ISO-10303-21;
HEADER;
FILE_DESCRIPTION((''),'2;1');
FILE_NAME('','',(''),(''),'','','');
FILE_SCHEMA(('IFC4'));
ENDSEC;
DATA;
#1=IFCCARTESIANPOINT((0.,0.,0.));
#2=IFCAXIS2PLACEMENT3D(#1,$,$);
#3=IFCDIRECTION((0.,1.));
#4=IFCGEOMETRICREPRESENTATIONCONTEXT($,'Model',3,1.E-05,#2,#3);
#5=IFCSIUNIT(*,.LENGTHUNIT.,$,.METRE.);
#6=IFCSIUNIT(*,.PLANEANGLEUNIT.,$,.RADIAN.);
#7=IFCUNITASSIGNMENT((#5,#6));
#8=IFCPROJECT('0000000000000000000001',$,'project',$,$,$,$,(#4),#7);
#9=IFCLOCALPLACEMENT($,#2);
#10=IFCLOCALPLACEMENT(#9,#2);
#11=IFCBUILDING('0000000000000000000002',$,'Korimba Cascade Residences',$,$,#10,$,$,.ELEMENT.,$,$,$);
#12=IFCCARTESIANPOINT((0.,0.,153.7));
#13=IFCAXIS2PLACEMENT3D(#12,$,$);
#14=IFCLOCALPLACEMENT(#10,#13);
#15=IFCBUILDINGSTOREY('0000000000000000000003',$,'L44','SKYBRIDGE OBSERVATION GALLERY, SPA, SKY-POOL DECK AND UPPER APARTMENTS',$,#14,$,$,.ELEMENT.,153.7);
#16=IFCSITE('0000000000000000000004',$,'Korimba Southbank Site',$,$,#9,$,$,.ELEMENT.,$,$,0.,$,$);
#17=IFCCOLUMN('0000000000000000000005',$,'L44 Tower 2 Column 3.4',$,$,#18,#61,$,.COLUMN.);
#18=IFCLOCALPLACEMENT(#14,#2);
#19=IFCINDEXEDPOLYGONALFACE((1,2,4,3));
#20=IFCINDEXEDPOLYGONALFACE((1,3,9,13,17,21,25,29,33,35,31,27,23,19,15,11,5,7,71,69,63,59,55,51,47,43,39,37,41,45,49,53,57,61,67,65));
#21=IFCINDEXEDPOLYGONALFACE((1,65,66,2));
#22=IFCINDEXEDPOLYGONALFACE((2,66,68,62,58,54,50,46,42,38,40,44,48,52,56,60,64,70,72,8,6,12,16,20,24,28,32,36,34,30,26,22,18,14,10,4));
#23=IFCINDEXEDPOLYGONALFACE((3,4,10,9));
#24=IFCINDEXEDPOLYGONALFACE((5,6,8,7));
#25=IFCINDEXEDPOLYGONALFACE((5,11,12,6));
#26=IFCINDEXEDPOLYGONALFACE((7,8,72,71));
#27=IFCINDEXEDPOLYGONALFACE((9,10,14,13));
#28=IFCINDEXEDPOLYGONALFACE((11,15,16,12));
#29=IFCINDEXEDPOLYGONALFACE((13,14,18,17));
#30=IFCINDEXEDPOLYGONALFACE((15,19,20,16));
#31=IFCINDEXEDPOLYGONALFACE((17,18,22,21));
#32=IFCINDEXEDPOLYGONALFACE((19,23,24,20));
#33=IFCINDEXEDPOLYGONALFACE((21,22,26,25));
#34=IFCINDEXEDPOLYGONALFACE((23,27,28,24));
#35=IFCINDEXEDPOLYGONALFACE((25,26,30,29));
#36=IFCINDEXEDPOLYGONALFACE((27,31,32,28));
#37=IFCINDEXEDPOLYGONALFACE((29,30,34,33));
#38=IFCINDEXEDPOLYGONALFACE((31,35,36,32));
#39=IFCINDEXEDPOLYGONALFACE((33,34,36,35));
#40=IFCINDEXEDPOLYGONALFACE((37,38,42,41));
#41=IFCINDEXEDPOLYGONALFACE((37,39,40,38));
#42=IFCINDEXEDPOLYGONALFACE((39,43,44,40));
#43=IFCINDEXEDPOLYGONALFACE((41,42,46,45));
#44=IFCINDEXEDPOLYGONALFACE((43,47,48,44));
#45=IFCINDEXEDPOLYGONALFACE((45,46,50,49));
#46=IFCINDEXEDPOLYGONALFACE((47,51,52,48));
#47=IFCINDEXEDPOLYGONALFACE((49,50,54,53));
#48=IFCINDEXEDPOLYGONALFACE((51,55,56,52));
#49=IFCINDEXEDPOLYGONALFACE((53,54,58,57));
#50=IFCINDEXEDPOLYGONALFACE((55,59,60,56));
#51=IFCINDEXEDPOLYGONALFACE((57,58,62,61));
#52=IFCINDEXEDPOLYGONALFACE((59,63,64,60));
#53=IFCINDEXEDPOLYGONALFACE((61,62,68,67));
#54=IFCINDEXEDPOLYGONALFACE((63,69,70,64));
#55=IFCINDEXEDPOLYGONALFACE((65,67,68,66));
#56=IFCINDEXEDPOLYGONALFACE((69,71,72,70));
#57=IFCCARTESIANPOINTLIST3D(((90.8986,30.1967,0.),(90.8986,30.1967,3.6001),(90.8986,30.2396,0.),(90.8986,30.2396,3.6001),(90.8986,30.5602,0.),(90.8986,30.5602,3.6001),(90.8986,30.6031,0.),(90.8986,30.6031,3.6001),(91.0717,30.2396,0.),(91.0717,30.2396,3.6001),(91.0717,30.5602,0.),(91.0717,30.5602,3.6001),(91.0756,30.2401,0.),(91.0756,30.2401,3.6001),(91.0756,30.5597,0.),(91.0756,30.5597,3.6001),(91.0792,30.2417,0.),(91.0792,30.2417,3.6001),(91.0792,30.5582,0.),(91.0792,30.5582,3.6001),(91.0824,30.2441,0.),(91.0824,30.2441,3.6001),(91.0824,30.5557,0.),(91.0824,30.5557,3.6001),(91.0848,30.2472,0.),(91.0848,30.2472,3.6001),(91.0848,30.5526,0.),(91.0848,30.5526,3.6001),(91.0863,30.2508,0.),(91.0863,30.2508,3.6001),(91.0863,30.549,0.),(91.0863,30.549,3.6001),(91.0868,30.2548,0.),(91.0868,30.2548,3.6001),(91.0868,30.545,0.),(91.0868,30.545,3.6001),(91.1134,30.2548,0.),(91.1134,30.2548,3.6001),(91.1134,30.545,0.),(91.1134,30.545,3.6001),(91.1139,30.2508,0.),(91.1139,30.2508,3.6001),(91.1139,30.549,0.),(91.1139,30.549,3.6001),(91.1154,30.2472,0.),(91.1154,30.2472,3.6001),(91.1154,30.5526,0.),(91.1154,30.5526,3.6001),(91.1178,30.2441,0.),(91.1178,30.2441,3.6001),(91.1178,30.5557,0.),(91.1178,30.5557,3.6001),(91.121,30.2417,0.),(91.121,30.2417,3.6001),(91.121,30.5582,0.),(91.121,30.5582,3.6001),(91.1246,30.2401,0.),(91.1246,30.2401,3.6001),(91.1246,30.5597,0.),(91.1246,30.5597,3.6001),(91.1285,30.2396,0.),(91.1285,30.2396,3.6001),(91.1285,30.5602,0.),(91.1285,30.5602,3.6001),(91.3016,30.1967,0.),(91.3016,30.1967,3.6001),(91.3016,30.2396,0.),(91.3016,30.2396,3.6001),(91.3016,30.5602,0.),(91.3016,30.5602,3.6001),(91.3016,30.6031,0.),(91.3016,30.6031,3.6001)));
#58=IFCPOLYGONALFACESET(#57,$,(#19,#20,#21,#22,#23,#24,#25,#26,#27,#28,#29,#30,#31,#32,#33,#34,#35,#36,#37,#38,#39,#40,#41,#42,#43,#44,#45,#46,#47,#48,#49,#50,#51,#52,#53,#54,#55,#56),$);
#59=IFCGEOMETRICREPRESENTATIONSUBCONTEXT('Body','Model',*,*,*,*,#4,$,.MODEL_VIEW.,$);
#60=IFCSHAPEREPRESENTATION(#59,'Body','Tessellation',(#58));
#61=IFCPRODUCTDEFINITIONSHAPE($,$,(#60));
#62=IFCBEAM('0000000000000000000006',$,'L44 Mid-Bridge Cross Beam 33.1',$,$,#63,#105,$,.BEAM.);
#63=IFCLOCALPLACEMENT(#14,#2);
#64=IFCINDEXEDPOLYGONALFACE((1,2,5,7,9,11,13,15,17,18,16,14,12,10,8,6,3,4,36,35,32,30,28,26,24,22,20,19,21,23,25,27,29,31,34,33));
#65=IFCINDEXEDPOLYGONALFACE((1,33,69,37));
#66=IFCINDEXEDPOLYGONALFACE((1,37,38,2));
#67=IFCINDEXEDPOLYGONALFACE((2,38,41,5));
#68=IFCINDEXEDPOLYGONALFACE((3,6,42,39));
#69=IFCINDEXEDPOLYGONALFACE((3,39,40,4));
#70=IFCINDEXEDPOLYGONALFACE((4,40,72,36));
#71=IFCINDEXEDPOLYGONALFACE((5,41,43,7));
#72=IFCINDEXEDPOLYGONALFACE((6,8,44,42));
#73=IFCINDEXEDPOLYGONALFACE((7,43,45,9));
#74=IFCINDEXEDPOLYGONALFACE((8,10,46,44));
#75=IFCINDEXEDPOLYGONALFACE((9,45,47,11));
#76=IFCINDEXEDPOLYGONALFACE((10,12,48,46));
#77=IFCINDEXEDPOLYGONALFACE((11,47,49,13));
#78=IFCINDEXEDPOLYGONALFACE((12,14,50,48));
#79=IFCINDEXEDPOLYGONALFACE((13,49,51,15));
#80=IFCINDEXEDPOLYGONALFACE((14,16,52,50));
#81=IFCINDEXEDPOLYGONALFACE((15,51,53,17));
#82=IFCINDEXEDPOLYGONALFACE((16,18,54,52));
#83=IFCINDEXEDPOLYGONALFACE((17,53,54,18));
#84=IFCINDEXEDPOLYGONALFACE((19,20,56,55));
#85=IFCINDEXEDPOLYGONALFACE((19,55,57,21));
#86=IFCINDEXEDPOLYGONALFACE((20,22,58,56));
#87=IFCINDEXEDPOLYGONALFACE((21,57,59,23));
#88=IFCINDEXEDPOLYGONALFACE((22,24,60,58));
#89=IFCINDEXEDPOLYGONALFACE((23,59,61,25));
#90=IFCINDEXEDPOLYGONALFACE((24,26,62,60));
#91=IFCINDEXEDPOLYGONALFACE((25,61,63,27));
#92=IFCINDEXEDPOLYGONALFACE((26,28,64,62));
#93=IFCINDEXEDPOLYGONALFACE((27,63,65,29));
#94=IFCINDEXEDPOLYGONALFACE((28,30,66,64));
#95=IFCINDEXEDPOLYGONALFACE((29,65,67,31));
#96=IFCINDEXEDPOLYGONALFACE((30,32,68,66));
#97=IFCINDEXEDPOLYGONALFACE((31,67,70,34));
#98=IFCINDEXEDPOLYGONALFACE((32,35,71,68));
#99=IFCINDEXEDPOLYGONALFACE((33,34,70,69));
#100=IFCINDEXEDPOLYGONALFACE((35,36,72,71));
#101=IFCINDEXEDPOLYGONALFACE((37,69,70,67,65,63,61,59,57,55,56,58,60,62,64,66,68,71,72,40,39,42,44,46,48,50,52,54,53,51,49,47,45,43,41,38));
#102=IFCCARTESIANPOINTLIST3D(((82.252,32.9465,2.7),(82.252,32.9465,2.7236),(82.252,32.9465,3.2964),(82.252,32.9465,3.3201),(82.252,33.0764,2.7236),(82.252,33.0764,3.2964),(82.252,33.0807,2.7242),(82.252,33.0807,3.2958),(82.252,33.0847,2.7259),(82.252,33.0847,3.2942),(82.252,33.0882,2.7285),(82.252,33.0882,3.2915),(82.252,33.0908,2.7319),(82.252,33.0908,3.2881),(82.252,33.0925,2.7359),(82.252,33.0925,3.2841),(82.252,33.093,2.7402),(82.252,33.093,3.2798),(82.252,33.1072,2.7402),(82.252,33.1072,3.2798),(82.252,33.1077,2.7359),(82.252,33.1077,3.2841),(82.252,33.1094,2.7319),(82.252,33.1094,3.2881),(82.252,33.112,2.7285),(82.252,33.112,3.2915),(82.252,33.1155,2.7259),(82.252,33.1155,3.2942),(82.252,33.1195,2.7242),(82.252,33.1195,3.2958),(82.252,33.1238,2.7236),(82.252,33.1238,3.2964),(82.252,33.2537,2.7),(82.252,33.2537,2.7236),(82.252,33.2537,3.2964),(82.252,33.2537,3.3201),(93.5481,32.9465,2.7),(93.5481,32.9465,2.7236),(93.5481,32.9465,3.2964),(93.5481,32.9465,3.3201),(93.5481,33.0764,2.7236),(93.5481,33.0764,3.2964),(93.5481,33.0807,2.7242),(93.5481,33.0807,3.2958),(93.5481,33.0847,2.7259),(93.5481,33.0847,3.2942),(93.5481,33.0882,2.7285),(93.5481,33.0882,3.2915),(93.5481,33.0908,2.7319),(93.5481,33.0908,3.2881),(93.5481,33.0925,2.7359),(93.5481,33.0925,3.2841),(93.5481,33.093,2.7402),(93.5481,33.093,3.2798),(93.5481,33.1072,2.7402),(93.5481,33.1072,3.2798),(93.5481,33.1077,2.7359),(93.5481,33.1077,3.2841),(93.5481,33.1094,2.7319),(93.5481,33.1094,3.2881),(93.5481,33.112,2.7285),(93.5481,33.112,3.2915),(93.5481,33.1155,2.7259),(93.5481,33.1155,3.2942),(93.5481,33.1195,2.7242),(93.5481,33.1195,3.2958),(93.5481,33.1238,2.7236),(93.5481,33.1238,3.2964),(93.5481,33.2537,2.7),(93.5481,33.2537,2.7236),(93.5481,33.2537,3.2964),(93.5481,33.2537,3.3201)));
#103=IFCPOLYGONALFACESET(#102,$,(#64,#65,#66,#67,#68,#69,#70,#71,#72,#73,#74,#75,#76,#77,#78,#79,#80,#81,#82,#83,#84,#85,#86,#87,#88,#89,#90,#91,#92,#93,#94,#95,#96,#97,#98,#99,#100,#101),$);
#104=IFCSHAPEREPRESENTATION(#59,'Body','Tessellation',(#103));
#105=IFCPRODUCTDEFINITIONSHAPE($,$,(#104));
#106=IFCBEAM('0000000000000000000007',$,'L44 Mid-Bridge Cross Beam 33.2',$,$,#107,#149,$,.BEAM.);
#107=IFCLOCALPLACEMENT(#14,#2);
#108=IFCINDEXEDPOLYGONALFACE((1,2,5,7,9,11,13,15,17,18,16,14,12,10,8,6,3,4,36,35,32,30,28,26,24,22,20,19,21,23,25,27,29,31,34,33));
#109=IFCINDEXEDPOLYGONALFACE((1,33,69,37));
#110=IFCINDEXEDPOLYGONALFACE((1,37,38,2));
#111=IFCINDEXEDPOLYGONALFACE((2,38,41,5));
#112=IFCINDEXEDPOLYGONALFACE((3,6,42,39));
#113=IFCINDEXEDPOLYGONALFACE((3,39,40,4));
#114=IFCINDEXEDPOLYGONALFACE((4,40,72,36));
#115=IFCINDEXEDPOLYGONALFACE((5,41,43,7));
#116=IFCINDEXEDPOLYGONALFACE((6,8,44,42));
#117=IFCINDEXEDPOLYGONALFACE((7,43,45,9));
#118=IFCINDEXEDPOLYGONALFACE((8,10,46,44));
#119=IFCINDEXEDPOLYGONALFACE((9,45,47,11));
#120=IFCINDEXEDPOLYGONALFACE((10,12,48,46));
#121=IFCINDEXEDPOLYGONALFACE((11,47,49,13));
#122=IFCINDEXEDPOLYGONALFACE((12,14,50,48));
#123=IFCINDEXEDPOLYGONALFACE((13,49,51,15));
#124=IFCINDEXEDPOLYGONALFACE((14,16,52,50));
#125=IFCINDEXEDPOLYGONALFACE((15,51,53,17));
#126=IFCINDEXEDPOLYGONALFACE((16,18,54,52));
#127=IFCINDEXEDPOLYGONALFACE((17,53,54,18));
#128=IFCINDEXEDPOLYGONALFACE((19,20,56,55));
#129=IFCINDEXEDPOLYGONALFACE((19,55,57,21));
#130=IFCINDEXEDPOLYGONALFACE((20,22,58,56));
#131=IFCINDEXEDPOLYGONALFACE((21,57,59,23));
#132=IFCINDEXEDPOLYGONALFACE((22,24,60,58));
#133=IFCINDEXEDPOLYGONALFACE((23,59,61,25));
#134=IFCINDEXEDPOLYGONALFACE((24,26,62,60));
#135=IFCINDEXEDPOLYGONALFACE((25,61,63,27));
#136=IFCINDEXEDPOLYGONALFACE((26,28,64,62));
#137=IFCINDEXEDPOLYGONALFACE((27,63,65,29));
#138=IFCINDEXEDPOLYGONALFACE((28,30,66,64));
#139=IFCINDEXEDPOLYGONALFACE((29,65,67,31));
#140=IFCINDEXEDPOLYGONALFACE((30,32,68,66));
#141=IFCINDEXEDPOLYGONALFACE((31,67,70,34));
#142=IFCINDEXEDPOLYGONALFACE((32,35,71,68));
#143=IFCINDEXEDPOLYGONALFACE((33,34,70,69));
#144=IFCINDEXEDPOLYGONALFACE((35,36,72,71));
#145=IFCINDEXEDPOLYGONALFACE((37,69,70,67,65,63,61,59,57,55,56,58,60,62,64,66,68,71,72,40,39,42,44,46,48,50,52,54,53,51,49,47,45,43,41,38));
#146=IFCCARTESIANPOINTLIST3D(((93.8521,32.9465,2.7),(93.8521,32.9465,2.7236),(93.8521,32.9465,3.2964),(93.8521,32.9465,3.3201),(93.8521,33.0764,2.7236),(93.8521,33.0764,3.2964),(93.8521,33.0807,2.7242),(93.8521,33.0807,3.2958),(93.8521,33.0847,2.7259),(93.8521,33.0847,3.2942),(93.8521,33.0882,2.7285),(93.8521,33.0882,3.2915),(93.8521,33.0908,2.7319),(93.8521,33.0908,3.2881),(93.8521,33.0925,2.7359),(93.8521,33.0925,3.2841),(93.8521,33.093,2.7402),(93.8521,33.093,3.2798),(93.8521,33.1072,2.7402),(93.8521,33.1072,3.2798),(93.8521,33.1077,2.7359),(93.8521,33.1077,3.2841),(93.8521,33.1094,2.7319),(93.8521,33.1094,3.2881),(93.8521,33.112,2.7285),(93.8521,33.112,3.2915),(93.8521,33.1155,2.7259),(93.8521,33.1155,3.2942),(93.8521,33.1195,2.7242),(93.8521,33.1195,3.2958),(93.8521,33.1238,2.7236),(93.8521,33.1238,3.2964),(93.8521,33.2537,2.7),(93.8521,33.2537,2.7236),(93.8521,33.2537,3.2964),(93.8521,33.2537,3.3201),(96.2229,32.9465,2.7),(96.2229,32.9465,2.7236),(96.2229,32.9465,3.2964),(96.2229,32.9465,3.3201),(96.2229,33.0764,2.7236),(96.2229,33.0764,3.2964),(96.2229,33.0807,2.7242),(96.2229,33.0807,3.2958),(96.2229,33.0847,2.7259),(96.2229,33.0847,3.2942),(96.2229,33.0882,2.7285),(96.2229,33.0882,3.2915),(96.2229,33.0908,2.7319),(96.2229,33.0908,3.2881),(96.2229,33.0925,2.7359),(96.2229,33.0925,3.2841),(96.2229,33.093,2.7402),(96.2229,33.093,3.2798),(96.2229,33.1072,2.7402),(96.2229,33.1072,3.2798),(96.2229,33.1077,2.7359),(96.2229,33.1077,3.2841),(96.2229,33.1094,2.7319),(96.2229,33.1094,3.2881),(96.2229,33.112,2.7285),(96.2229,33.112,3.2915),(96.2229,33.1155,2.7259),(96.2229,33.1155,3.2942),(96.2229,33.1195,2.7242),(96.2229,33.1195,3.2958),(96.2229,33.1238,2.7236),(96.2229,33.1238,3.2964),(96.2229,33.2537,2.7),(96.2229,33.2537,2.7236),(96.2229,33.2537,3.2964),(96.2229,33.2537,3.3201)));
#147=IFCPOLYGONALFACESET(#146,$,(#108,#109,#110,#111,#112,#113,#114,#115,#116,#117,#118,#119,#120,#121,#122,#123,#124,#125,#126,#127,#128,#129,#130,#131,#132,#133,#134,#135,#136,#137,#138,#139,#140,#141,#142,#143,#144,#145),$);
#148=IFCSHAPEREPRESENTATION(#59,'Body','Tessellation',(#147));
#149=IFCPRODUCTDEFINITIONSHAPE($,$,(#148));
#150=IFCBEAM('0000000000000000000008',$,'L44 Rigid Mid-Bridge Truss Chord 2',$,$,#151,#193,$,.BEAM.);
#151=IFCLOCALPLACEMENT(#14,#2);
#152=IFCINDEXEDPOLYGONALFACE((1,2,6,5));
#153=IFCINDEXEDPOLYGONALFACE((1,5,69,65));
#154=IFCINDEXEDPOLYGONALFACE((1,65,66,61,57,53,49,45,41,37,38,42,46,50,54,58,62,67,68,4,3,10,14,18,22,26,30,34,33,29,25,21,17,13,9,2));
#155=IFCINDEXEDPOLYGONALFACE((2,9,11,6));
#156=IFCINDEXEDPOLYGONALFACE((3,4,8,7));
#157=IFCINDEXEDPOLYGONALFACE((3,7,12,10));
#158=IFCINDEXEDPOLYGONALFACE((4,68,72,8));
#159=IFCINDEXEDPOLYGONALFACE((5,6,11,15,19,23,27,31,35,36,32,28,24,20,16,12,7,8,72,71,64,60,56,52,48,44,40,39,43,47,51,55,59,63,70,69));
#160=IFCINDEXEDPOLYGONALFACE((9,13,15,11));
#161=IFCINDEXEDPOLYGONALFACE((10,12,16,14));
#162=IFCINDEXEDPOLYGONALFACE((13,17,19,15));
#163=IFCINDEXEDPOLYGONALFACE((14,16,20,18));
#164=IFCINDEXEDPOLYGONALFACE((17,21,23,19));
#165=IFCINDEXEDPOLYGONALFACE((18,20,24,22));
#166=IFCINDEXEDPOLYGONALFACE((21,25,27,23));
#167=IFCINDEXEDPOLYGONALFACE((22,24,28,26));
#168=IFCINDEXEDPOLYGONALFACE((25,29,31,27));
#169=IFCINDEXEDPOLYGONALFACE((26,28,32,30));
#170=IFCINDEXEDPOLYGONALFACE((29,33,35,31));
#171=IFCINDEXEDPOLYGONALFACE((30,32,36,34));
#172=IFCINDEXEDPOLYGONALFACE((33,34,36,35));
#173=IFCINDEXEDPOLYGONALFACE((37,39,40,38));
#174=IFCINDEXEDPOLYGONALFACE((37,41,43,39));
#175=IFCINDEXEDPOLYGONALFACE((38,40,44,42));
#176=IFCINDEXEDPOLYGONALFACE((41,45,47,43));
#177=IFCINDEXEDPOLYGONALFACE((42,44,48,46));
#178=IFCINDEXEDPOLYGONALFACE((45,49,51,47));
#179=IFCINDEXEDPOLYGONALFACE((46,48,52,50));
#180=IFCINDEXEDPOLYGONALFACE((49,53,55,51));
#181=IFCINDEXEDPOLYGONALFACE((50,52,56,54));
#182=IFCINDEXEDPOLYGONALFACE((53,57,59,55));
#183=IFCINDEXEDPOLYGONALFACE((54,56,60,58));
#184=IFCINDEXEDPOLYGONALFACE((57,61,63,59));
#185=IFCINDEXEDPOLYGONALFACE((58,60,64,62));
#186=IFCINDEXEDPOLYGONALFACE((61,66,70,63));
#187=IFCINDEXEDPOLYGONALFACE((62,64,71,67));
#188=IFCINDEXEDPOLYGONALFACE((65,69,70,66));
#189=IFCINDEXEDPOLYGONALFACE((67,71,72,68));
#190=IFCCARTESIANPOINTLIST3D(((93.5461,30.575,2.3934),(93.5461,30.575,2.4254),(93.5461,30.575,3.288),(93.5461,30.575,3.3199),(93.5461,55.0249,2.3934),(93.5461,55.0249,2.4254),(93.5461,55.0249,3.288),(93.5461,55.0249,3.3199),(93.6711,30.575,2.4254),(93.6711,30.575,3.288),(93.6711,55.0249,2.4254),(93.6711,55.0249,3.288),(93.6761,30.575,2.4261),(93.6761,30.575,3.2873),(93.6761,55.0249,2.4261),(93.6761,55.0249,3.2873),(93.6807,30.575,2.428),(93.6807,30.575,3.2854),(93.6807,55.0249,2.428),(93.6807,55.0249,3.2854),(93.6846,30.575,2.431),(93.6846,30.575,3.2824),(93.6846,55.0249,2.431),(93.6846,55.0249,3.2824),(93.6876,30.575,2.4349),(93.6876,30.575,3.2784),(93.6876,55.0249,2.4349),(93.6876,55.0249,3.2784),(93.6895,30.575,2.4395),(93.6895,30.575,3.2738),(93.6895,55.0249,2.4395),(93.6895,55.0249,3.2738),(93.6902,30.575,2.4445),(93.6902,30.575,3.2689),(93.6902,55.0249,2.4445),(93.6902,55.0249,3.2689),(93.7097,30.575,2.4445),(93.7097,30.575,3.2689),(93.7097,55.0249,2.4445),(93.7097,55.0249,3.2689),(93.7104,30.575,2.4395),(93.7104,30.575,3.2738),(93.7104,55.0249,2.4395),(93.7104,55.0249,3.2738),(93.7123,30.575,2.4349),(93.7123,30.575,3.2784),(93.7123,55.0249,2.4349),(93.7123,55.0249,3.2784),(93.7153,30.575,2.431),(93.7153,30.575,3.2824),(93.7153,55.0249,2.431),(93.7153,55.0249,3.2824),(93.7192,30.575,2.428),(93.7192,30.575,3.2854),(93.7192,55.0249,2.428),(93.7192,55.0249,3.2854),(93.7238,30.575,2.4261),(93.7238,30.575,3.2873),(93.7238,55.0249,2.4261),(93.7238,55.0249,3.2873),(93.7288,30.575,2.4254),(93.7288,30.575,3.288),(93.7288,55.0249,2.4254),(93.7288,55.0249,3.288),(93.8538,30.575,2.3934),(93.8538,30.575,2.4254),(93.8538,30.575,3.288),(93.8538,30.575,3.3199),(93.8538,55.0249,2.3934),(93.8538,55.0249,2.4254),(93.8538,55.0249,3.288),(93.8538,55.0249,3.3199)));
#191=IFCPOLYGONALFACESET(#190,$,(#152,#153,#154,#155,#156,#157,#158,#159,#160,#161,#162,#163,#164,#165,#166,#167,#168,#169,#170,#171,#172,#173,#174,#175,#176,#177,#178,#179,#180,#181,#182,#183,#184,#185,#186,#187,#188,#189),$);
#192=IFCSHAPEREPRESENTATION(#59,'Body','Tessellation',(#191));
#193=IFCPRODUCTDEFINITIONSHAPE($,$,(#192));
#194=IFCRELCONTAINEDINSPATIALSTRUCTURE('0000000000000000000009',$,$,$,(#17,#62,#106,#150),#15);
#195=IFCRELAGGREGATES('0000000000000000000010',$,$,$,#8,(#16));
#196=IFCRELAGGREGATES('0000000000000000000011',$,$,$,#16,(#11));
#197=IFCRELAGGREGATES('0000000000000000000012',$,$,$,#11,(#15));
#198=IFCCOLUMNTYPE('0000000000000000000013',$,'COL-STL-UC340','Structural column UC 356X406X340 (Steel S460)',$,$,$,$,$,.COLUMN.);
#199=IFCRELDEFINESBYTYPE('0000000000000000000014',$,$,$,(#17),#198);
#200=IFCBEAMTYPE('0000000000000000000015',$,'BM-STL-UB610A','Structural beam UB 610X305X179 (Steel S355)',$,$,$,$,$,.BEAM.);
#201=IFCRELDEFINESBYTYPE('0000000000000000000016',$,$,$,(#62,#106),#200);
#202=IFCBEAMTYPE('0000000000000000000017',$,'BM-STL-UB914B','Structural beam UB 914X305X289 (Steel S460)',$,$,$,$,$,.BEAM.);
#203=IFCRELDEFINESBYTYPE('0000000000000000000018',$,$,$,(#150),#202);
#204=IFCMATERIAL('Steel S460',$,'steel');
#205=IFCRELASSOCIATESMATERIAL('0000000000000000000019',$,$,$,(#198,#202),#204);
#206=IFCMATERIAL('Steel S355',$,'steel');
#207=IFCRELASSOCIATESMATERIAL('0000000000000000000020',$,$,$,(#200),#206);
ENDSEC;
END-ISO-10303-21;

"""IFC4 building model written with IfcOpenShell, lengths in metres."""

from ifc_helpers import new_model, si_unit, direction, frame, origin, origin_2d, place, context, subcontext, project, spatial, i_section, extrude, material, material_profile, profile_set, type_object, element, save


model = new_model("IFC4")

# Units and contexts
model_context = context("Model", 3, precision=1e-05, world=origin(), true_north=direction((0.0, 1.0)))
body_context = subcontext(model_context, "Body", "Model", "MODEL_VIEW")
ifc_project = project(units=[si_unit("LENGTHUNIT", "METRE"), si_unit("PLANEANGLEUNIT", "RADIAN")], contexts=[model_context])

# Site, building, storey
site_placement = place(None, origin())
site = spatial("IfcSite", under=ifc_project, at=site_placement, Name="Korimba Southbank Site", CompositionType="ELEMENT", RefElevation=0.0)
building_placement = place(site_placement, origin())
building = spatial("IfcBuilding", under=site, at=building_placement, Name="Korimba Cascade Residences", CompositionType="ELEMENT")
storey_placement = place(building_placement, frame((0.0, 0.0, 153.7)))
storey = spatial("IfcBuildingStorey", under=building, at=storey_placement, Name="L44", Description="SKYBRIDGE OBSERVATION GALLERY, SPA, SKY-POOL DECK AND UPPER APARTMENTS", CompositionType="ELEMENT", Elevation=153.7)

# Column
ifc_material_1 = material(Name="Steel S460", Category="steel")
ifc_material_profile_1 = material_profile(ifc_material_1, i_section(OverallWidth=0.4031, OverallDepth=0.4065, WebThickness=0.0266, FlangeThickness=0.043, FilletRadius=0.0151, at=origin_2d()), Name="Steel S460")
ifc_profile_set_1 = profile_set([ifc_material_profile_1], Name="Steel S460")
column_type = type_object("IfcColumnType", Name="COL-STL-UC340", Description="Structural column UC 356X406X340 (Steel S460)", PredefinedType="COLUMN", material=ifc_profile_set_1)
column_placement = place(storey_placement, frame((91.1001, 30.3999, 0.0), z_axis=(0.0, 0.0, 1.0), x_axis=(1.0, 0.0, 0.0)))
element("IfcColumn", 1, at=column_placement, inside=storey, type_object=column_type, Name="L44 Tower 2 Column 3.4", PredefinedType="COLUMN", context=body_context, shape_type="SweptSolid", body=[
    extrude(i_section(OverallWidth=0.4031, OverallDepth=0.4065, WebThickness=0.0266, FlangeThickness=0.043, FilletRadius=0.0151, at=origin_2d()), origin(), (0.0, 0.0, 1.0), 3.6001),
])

# Beams
ifc_material_2 = material(Name="Steel S355", Category="steel")
ifc_material_profile_2 = material_profile(ifc_material_2, i_section(OverallWidth=0.3071, OverallDepth=0.6201, WebThickness=0.0142, FlangeThickness=0.0237, FilletRadius=0.0166, at=origin_2d()), Name="Steel S355")
ifc_profile_set_2 = profile_set([ifc_material_profile_2], Name="Steel S355")
beam_type_1 = type_object("IfcBeamType", Name="BM-STL-UB610A", Description="Structural beam UB 610X305X179 (Steel S355)", PredefinedType="BEAM", material=ifc_profile_set_2)
beam_1_placement = place(storey_placement, frame((82.252, 33.1001, 3.01), z_axis=(1.0, 0.0, 0.0), x_axis=(0.0, 1.0, 0.0)))
element("IfcBeam", 2, at=beam_1_placement, inside=storey, type_object=beam_type_1, Name="L44 Mid-Bridge Cross Beam 33.1", PredefinedType="BEAM", context=body_context, shape_type="SweptSolid", body=[
    extrude(i_section(OverallWidth=0.3071, OverallDepth=0.6201, WebThickness=0.0142, FlangeThickness=0.0237, FilletRadius=0.0166, at=origin_2d()), origin(), (0.0, 0.0, 1.0), 11.2961),
])
beam_2_placement = place(storey_placement, frame((93.8521, 33.1001, 3.01), z_axis=(1.0, 0.0, 0.0), x_axis=(0.0, 1.0, 0.0)))
element("IfcBeam", 3, at=beam_2_placement, inside=storey, type_object=beam_type_1, Name="L44 Mid-Bridge Cross Beam 33.2", PredefinedType="BEAM", context=body_context, shape_type="SweptSolid", body=[
    extrude(i_section(OverallWidth=0.3071, OverallDepth=0.6201, WebThickness=0.0142, FlangeThickness=0.0237, FilletRadius=0.0166, at=origin_2d()), origin(), (0.0, 0.0, 1.0), 2.3708),
])
ifc_material_profile_3 = material_profile(ifc_material_1, i_section(OverallWidth=0.3076, OverallDepth=0.9265, WebThickness=0.0195, FlangeThickness=0.032, FilletRadius=0.019, at=origin_2d()), Name="Steel S460")
ifc_profile_set_3 = profile_set([ifc_material_profile_3], Name="Steel S460")
beam_type_2 = type_object("IfcBeamType", Name="BM-STL-UB914B", Description="Structural beam UB 914X305X289 (Steel S460)", PredefinedType="BEAM", material=ifc_profile_set_3)
beam_3_placement = place(storey_placement, frame((93.7, 30.575, 2.8567), z_axis=(0.0, 1.0, 0.0), x_axis=(-1.0, 0.0, 0.0)))
element("IfcBeam", 4, at=beam_3_placement, inside=storey, type_object=beam_type_2, Name="L44 Rigid Mid-Bridge Truss Chord 2", PredefinedType="BEAM", context=body_context, shape_type="SweptSolid", body=[
    extrude(i_section(OverallWidth=0.3076, OverallDepth=0.9265, WebThickness=0.0195, FlangeThickness=0.032, FilletRadius=0.019, at=origin_2d()), origin(), (0.0, 0.0, 1.0), 24.45),
])

save(model, "model.ifc")
